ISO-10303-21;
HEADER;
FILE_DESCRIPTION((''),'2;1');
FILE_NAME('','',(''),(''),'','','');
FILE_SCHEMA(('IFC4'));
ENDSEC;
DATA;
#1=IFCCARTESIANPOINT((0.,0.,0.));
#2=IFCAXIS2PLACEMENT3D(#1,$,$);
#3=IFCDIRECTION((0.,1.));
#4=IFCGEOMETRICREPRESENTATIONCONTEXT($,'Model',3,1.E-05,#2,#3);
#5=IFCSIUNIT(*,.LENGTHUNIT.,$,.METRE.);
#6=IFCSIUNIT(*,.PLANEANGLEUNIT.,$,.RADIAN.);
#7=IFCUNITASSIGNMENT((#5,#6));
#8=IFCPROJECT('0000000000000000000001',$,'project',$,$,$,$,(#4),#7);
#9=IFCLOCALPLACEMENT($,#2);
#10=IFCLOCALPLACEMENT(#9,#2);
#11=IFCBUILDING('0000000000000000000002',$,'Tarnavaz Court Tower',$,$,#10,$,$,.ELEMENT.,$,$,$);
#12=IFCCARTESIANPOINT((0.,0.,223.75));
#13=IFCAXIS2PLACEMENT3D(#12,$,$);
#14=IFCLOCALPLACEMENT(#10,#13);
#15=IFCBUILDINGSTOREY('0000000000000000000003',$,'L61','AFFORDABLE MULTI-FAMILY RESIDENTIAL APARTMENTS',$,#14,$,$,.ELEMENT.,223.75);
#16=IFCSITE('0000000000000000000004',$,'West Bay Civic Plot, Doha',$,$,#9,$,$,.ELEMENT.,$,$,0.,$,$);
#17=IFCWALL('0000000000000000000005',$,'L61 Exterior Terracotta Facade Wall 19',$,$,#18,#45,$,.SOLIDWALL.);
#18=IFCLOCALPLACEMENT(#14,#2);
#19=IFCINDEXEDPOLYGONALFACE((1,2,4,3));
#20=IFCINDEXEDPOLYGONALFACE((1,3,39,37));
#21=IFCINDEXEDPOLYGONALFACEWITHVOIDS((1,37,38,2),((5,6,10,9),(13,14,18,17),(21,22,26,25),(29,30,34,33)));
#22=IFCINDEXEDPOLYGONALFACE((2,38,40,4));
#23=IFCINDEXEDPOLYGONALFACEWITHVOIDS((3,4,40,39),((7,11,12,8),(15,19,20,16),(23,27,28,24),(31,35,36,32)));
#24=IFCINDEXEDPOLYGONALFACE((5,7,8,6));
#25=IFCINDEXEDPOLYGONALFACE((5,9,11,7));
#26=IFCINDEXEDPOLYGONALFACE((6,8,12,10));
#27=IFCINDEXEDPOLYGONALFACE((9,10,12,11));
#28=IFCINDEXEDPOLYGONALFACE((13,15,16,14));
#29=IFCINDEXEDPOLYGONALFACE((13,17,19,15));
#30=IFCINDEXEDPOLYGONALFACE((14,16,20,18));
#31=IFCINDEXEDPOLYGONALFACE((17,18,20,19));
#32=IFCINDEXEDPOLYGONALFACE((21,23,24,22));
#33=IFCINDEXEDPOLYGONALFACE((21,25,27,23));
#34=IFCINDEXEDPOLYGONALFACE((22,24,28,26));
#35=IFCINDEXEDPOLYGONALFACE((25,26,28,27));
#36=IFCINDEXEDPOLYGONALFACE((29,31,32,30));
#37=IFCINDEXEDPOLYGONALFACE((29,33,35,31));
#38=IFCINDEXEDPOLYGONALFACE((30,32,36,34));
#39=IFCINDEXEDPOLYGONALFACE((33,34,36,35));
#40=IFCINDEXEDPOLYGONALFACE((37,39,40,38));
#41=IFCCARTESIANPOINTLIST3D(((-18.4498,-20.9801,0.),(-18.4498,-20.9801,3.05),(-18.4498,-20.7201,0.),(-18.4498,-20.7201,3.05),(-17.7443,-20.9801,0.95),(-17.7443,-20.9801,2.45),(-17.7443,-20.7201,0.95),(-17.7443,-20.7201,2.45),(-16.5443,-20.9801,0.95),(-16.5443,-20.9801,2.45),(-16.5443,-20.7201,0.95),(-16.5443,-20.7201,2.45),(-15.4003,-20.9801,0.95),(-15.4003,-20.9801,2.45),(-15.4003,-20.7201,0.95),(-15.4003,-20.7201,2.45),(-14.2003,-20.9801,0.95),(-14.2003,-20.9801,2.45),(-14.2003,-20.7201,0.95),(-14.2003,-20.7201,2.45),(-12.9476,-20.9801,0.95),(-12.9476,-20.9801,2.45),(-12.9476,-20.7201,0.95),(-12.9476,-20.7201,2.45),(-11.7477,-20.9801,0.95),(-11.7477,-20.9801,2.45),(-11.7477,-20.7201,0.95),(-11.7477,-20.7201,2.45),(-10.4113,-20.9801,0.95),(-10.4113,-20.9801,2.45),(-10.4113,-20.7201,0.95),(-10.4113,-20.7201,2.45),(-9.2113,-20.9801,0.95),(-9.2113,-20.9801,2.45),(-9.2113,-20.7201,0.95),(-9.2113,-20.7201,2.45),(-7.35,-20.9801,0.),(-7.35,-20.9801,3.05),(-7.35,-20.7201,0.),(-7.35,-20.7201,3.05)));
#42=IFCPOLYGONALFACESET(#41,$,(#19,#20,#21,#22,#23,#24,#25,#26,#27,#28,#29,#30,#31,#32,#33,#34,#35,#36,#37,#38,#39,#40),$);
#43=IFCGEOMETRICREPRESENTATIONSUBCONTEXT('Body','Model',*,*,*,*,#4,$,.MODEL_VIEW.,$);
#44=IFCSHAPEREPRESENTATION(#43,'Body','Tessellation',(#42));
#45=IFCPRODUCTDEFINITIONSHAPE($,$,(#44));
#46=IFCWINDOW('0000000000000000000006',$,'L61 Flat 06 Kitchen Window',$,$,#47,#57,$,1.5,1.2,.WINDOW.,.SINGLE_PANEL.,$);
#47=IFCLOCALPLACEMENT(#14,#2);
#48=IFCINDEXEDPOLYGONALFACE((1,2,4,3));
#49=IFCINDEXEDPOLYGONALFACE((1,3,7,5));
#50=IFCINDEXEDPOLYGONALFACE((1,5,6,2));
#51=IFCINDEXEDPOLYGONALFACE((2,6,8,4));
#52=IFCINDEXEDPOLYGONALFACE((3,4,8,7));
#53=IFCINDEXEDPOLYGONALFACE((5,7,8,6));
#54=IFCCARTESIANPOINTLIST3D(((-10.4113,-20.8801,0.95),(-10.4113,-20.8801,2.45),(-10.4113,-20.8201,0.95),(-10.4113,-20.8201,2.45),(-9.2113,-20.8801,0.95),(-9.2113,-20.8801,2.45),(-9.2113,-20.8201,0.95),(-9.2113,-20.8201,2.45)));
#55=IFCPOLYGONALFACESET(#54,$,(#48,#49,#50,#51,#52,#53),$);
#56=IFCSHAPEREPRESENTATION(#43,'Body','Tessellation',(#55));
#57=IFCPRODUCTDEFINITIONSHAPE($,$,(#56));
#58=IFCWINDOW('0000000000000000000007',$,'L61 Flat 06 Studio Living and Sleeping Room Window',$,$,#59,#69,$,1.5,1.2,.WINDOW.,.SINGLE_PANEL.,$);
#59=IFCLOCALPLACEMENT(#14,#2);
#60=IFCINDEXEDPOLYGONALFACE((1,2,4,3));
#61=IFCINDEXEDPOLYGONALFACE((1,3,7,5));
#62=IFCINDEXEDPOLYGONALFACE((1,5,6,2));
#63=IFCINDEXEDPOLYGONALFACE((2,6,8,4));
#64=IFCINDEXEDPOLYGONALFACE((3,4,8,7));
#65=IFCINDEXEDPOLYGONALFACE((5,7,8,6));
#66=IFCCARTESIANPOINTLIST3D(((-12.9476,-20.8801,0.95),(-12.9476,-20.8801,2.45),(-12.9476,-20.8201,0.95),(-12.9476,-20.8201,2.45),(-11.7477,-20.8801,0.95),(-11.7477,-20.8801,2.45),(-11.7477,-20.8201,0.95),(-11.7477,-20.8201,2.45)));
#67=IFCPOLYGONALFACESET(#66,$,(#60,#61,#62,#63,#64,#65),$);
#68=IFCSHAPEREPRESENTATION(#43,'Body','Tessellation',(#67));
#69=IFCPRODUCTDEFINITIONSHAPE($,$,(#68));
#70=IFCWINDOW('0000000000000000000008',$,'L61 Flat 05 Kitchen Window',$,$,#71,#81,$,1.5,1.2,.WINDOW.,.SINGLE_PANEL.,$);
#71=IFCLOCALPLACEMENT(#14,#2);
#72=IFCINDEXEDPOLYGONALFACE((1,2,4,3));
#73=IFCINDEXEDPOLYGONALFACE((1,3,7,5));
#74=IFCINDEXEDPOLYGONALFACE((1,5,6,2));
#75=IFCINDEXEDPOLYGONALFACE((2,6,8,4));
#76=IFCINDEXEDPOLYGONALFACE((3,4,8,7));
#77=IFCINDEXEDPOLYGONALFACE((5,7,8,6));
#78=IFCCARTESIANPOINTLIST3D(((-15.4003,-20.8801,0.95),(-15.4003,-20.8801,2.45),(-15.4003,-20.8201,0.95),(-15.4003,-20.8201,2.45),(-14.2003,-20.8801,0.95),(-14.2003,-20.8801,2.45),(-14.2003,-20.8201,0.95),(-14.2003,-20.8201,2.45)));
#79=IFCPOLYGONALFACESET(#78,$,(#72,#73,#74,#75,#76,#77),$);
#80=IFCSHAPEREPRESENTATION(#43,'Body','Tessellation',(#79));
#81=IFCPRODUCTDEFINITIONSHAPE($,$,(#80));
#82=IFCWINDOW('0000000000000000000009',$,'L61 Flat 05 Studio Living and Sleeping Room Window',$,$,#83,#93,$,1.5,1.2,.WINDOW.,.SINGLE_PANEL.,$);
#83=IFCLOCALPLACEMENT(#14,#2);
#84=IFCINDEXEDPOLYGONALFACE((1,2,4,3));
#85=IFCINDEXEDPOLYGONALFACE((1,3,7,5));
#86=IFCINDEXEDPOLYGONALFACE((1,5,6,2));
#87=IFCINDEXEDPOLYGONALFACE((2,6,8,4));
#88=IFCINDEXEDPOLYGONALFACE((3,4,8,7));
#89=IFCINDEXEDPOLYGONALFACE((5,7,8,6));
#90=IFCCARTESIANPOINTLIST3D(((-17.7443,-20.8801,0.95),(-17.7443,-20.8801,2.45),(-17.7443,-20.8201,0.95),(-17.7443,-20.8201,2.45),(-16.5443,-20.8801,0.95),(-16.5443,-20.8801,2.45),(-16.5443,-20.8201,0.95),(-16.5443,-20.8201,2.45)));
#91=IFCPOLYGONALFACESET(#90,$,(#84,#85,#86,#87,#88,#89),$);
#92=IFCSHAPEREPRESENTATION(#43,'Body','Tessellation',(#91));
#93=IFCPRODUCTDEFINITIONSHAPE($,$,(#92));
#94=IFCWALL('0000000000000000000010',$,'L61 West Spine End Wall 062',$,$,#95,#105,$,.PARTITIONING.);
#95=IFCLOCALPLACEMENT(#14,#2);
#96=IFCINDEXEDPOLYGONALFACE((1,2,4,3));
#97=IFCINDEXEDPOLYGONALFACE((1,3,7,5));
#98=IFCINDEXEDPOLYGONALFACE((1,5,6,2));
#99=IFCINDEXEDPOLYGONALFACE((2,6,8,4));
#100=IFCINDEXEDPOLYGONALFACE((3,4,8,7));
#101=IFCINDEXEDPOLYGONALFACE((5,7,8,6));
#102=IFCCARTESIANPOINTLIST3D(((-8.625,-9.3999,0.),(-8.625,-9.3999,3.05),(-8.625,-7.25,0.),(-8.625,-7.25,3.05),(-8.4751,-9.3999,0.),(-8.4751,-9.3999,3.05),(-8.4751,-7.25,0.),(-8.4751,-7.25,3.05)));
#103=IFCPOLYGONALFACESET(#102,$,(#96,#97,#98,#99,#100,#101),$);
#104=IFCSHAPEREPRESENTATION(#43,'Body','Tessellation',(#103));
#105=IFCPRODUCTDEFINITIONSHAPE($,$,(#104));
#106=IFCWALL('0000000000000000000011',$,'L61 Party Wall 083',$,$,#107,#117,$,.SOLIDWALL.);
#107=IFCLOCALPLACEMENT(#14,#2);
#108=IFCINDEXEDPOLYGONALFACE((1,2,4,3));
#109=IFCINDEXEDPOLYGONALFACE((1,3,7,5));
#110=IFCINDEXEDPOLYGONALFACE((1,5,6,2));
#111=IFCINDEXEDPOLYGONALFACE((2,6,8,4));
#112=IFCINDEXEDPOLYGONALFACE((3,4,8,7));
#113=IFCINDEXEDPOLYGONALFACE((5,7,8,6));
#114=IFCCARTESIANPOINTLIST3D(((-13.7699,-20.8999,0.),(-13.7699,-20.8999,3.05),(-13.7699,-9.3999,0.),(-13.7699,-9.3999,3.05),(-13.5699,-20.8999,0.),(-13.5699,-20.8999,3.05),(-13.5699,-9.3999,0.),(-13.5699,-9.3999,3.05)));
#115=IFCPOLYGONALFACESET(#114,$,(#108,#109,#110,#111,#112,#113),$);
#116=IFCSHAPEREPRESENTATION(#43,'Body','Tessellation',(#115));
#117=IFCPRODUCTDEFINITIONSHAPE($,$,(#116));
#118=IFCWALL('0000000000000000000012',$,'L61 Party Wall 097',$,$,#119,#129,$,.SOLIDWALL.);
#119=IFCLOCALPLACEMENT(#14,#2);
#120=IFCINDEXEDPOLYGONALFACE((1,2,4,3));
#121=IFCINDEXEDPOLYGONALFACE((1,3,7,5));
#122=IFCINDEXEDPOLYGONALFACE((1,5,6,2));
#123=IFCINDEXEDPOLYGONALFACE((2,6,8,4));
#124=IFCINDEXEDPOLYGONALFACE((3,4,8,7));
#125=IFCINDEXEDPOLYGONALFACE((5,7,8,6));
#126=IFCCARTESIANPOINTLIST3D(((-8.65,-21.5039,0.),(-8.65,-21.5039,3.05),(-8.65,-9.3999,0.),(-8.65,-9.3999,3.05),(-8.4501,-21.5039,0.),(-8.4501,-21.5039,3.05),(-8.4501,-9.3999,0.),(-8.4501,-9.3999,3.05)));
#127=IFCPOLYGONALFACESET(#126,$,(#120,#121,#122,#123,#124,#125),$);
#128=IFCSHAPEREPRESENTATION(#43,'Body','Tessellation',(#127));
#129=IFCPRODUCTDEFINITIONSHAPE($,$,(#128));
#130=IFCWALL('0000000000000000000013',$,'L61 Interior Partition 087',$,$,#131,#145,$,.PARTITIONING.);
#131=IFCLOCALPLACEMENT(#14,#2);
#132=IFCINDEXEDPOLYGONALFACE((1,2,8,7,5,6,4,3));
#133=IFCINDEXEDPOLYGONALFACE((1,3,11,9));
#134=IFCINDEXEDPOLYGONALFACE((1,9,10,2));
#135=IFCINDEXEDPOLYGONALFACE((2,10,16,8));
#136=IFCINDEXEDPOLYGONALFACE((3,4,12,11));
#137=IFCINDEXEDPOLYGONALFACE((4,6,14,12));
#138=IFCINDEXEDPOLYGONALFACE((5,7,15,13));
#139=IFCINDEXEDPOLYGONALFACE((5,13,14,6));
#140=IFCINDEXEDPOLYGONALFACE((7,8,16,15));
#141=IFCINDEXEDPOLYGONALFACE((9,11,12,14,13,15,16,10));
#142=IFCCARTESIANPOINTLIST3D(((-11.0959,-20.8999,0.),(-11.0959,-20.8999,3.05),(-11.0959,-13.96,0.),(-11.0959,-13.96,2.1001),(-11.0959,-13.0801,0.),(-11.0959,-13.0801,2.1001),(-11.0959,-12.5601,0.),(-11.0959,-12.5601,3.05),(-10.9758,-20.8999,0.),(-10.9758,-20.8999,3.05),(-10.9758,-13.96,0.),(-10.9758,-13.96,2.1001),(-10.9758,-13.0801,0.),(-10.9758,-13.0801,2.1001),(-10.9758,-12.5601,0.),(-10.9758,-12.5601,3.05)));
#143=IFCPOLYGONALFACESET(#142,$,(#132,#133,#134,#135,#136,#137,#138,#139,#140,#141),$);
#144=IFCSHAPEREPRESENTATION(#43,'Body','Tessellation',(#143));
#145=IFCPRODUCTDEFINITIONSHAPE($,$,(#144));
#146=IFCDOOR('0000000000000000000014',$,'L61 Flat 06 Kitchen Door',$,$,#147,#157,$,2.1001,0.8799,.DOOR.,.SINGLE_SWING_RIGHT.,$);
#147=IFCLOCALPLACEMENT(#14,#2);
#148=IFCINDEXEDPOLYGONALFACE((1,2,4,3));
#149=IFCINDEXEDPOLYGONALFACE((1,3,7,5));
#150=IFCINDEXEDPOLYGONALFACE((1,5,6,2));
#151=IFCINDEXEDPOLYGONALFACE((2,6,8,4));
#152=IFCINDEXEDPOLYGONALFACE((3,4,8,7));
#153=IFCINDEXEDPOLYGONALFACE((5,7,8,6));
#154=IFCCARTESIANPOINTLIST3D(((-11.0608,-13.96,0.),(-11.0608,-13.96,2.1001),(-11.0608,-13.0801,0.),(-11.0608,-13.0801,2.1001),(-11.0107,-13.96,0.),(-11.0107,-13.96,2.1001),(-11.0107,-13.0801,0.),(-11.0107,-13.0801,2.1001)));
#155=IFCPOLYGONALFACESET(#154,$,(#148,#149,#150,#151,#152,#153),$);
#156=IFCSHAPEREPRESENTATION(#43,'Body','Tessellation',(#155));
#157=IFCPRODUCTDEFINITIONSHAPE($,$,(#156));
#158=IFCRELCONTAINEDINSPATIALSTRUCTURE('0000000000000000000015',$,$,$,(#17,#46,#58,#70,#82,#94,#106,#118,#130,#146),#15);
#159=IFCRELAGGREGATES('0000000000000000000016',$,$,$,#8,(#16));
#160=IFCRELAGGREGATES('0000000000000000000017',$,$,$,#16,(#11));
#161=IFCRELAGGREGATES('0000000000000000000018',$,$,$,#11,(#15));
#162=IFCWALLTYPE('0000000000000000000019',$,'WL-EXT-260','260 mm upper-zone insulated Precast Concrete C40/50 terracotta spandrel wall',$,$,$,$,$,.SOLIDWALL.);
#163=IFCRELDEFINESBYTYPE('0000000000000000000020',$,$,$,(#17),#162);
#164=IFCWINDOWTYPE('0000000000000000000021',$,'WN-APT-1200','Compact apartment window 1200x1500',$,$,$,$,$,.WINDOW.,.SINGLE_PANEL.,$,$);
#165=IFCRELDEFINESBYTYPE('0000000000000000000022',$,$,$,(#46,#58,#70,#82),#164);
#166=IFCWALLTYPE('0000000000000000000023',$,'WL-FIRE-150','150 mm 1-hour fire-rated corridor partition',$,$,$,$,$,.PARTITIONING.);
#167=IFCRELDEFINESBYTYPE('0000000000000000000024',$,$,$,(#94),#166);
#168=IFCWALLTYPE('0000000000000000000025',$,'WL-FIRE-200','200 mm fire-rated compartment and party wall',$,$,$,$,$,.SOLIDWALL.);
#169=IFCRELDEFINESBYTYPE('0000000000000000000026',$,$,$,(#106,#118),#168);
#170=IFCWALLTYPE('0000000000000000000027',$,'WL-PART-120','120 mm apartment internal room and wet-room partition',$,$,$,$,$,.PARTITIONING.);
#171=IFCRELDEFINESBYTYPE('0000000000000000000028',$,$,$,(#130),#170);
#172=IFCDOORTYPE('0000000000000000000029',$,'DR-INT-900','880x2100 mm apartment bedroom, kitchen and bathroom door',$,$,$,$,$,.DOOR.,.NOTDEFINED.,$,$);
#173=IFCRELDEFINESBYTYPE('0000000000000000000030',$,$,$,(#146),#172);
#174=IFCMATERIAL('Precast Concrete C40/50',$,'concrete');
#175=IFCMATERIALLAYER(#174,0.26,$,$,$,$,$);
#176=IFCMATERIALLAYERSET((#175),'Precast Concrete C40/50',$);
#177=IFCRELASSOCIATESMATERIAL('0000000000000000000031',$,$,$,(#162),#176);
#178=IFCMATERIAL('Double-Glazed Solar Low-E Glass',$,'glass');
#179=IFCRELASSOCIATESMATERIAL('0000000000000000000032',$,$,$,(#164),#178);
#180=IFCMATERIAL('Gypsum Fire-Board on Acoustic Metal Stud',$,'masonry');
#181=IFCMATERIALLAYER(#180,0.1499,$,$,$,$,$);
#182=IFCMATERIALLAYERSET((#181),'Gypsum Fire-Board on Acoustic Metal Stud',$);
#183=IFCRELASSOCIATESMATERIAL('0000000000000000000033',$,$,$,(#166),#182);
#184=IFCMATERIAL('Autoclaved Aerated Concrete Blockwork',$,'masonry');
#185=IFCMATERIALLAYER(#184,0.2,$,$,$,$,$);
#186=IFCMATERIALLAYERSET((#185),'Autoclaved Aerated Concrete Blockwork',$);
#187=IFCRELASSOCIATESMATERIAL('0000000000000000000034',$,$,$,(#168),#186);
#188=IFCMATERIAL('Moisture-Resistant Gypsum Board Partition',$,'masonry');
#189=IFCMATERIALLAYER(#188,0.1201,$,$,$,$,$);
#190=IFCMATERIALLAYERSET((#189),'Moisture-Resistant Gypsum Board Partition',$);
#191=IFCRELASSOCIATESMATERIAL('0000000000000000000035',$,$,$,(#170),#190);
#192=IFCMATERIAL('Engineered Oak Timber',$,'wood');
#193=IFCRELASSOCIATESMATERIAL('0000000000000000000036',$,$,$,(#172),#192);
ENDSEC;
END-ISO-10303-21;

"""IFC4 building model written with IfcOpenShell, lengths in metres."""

from ifc_helpers import new_model, si_unit, direction, frame, frame_2d, origin, place, context, subcontext, project, spatial, rectangle, extrude, material, layer, layer_set, type_object, element, fill, save


model = new_model("IFC4")

# Units and contexts
model_context = context("Model", 3, precision=1e-05, world=origin(), true_north=direction((0.0, 1.0)))
body_context = subcontext(model_context, "Body", "Model", "MODEL_VIEW")
ifc_project = project(units=[si_unit("LENGTHUNIT", "METRE"), si_unit("PLANEANGLEUNIT", "RADIAN")], contexts=[model_context])

# Site, building, storey
site_placement = place(None, origin())
site = spatial("IfcSite", under=ifc_project, at=site_placement, Name="West Bay Civic Plot, Doha", CompositionType="ELEMENT", RefElevation=0.0)
building_placement = place(site_placement, origin())
building = spatial("IfcBuilding", under=site, at=building_placement, Name="Tarnavaz Court Tower", CompositionType="ELEMENT")
storey_placement = place(building_placement, frame((0.0, 0.0, 223.75)))
storey = spatial("IfcBuildingStorey", under=building, at=storey_placement, Name="L61", Description="AFFORDABLE MULTI-FAMILY RESIDENTIAL APARTMENTS", CompositionType="ELEMENT", Elevation=223.75)

# Shared definitions
ifc_material_1 = material(Name="Precast Concrete C40/50", Category="concrete")
ifc_layer_1 = layer(ifc_material_1, 0.26)
ifc_layer_set_1 = layer_set([ifc_layer_1], Name="Precast Concrete C40/50")
wall_type_1 = type_object("IfcWallType", Name="WL-EXT-260", Description="260 mm upper-zone insulated Precast Concrete C40/50 terracotta spandrel wall", PredefinedType="SOLIDWALL", material=ifc_layer_set_1)

# Wall, openings, windows
wall_1_placement = place(storey_placement, frame((-7.3501, -20.8501, 0.0), z_axis=(0.0, 0.0, 1.0), x_axis=(-1.0, 0.0, 0.0)))
wall_1 = element("IfcWall", 1, at=wall_1_placement, inside=storey, type_object=wall_type_1, Name="L61 Exterior Terracotta Facade Wall 19", PredefinedType="SOLIDWALL", context=body_context, shape_type="SweptSolid", body=[
    extrude(rectangle(XDim=11.0999, YDim=0.26, at=frame_2d((5.5498, 0.0))), origin(), (0.0, 0.0, 1.0), 3.05),
])
opening_1_placement = place(wall_1_placement, frame((1.8611, 0.0, 0.95)))
opening_1 = element("IfcOpeningElement", 2, at=opening_1_placement, cuts=wall_1, PredefinedType="OPENING", context=body_context, shape_type="SweptSolid", body=[
    extrude(rectangle(XDim=1.2, YDim=1.5, at=frame_2d((0.6001, 0.75))), frame((0.0, 0.1399, 0.0), z_axis=(0.0, -1.0, 0.0), x_axis=(1.0, 0.0, 0.0)), (0.0, 0.0, 1.0), 0.28),
])
opening_2_placement = place(wall_1_placement, frame((4.3975, 0.0, 0.95)))
opening_2 = element("IfcOpeningElement", 3, at=opening_2_placement, cuts=wall_1, PredefinedType="OPENING", context=body_context, shape_type="SweptSolid", body=[
    extrude(rectangle(XDim=1.2, YDim=1.5, at=frame_2d((0.6001, 0.75))), frame((0.0, 0.1399, 0.0), z_axis=(0.0, -1.0, 0.0), x_axis=(1.0, 0.0, 0.0)), (0.0, 0.0, 1.0), 0.28),
])
opening_3_placement = place(wall_1_placement, frame((6.8501, 0.0, 0.95)))
opening_3 = element("IfcOpeningElement", 4, at=opening_3_placement, cuts=wall_1, PredefinedType="OPENING", context=body_context, shape_type="SweptSolid", body=[
    extrude(rectangle(XDim=1.2, YDim=1.5, at=frame_2d((0.6001, 0.75))), frame((0.0, 0.1399, 0.0), z_axis=(0.0, -1.0, 0.0), x_axis=(1.0, 0.0, 0.0)), (0.0, 0.0, 1.0), 0.28),
])
opening_4_placement = place(wall_1_placement, frame((9.1941, 0.0, 0.95)))
opening_4 = element("IfcOpeningElement", 5, at=opening_4_placement, cuts=wall_1, PredefinedType="OPENING", context=body_context, shape_type="SweptSolid", body=[
    extrude(rectangle(XDim=1.2, YDim=1.5, at=frame_2d((0.6001, 0.75))), frame((0.0, 0.1399, 0.0), z_axis=(0.0, -1.0, 0.0), x_axis=(1.0, 0.0, 0.0)), (0.0, 0.0, 1.0), 0.28),
])
ifc_material_2 = material(Name="Double-Glazed Solar Low-E Glass", Category="glass")
window_type = type_object("IfcWindowType", Name="WN-APT-1200", Description="Compact apartment window 1200x1500", PartitioningType="SINGLE_PANEL", PredefinedType="WINDOW", material=ifc_material_2)
window_1_placement = place(opening_1_placement, origin())
window_1 = element("IfcWindow", 6, at=window_1_placement, inside=storey, type_object=window_type, Name="L61 Flat 06 Kitchen Window", OverallHeight=1.5, OverallWidth=1.2, PartitioningType="SINGLE_PANEL", PredefinedType="WINDOW", context=body_context, shape_type="SweptSolid", body=[
    extrude(rectangle(XDim=1.2, YDim=1.5, at=frame_2d((0.6001, 0.75))), frame((0.0, 0.03, 0.0), z_axis=(0.0, -1.0, 0.0), x_axis=(1.0, 0.0, 0.0)), (0.0, 0.0, 1.0), 0.0601),
])
fill(opening_1, window_1)
window_2_placement = place(opening_2_placement, origin())
window_2 = element("IfcWindow", 7, at=window_2_placement, inside=storey, type_object=window_type, Name="L61 Flat 06 Studio Living and Sleeping Room Window", OverallHeight=1.5, OverallWidth=1.2, PartitioningType="SINGLE_PANEL", PredefinedType="WINDOW", context=body_context, shape_type="SweptSolid", body=[
    extrude(rectangle(XDim=1.2, YDim=1.5, at=frame_2d((0.6001, 0.75))), frame((0.0, 0.03, 0.0), z_axis=(0.0, -1.0, 0.0), x_axis=(1.0, 0.0, 0.0)), (0.0, 0.0, 1.0), 0.0601),
])
fill(opening_2, window_2)
window_3_placement = place(opening_3_placement, origin())
window_3 = element("IfcWindow", 8, at=window_3_placement, inside=storey, type_object=window_type, Name="L61 Flat 05 Kitchen Window", OverallHeight=1.5, OverallWidth=1.2, PartitioningType="SINGLE_PANEL", PredefinedType="WINDOW", context=body_context, shape_type="SweptSolid", body=[
    extrude(rectangle(XDim=1.2, YDim=1.5, at=frame_2d((0.6001, 0.75))), frame((0.0, 0.03, 0.0), z_axis=(0.0, -1.0, 0.0), x_axis=(1.0, 0.0, 0.0)), (0.0, 0.0, 1.0), 0.0601),
])
fill(opening_3, window_3)
window_4_placement = place(opening_4_placement, origin())
window_4 = element("IfcWindow", 9, at=window_4_placement, inside=storey, type_object=window_type, Name="L61 Flat 05 Studio Living and Sleeping Room Window", OverallHeight=1.5, OverallWidth=1.2, PartitioningType="SINGLE_PANEL", PredefinedType="WINDOW", context=body_context, shape_type="SweptSolid", body=[
    extrude(rectangle(XDim=1.2, YDim=1.5, at=frame_2d((0.6001, 0.75))), frame((0.0, 0.03, 0.0), z_axis=(0.0, -1.0, 0.0), x_axis=(1.0, 0.0, 0.0)), (0.0, 0.0, 1.0), 0.0601),
])
fill(opening_4, window_4)

# Walls
ifc_material_3 = material(Name="Gypsum Fire-Board on Acoustic Metal Stud", Category="masonry")
ifc_layer_2 = layer(ifc_material_3, 0.1499)
ifc_layer_set_2 = layer_set([ifc_layer_2], Name="Gypsum Fire-Board on Acoustic Metal Stud")
wall_type_2 = type_object("IfcWallType", Name="WL-FIRE-150", Description="150 mm 1-hour fire-rated corridor partition", PredefinedType="PARTITIONING", material=ifc_layer_set_2)
wall_2_placement = place(storey_placement, frame((-8.55, -9.3999, 0.0), z_axis=(0.0, 0.0, 1.0), x_axis=(0.0, 1.0, 0.0)))
element("IfcWall", 10, at=wall_2_placement, inside=storey, type_object=wall_type_2, Name="L61 West Spine End Wall 062", PredefinedType="PARTITIONING", context=body_context, shape_type="SweptSolid", body=[
    extrude(rectangle(XDim=2.1499, YDim=0.1499, at=frame_2d((1.075, 0.0))), origin(), (0.0, 0.0, 1.0), 3.05),
])
ifc_material_4 = material(Name="Autoclaved Aerated Concrete Blockwork", Category="masonry")
ifc_layer_3 = layer(ifc_material_4, 0.2)
ifc_layer_set_3 = layer_set([ifc_layer_3], Name="Autoclaved Aerated Concrete Blockwork")
wall_type_3 = type_object("IfcWallType", Name="WL-FIRE-200", Description="200 mm fire-rated compartment and party wall", PredefinedType="SOLIDWALL", material=ifc_layer_set_3)
wall_3_placement = place(storey_placement, frame((-13.6699, -20.8999, 0.0), z_axis=(0.0, 0.0, 1.0), x_axis=(0.0, 1.0, 0.0)))
element("IfcWall", 11, at=wall_3_placement, inside=storey, type_object=wall_type_3, Name="L61 Party Wall 083", PredefinedType="SOLIDWALL", context=body_context, shape_type="SweptSolid", body=[
    extrude(rectangle(XDim=11.5, YDim=0.2, at=frame_2d((5.75, 0.0))), origin(), (0.0, 0.0, 1.0), 3.05),
])
wall_4_placement = place(storey_placement, frame((-8.55, -21.5039, 0.0), z_axis=(0.0, 0.0, 1.0), x_axis=(0.0, 1.0, 0.0)))
element("IfcWall", 12, at=wall_4_placement, inside=storey, type_object=wall_type_3, Name="L61 Party Wall 097", PredefinedType="SOLIDWALL", context=body_context, shape_type="SweptSolid", body=[
    extrude(rectangle(XDim=12.104, YDim=0.2, at=frame_2d((6.052, 0.0))), origin(), (0.0, 0.0, 1.0), 3.05),
])

# Wall, opening, door
ifc_material_5 = material(Name="Moisture-Resistant Gypsum Board Partition", Category="masonry")
ifc_layer_4 = layer(ifc_material_5, 0.1201)
ifc_layer_set_4 = layer_set([ifc_layer_4], Name="Moisture-Resistant Gypsum Board Partition")
wall_type_4 = type_object("IfcWallType", Name="WL-PART-120", Description="120 mm apartment internal room and wet-room partition", PredefinedType="PARTITIONING", material=ifc_layer_set_4)
wall_5_placement = place(storey_placement, frame((-11.0359, -20.8999, 0.0), z_axis=(0.0, 0.0, 1.0), x_axis=(0.0, 1.0, 0.0)))
wall_5 = element("IfcWall", 13, at=wall_5_placement, inside=storey, type_object=wall_type_4, Name="L61 Interior Partition 087", PredefinedType="PARTITIONING", context=body_context, shape_type="SweptSolid", body=[
    extrude(rectangle(XDim=8.3398, YDim=0.1201, at=frame_2d((4.1699, 0.0))), origin(), (0.0, 0.0, 1.0), 3.05),
])
opening_5_placement = place(wall_5_placement, frame((6.9399, 0.0, 0.0)))
opening_5 = element("IfcOpeningElement", 14, at=opening_5_placement, cuts=wall_5, PredefinedType="OPENING", context=body_context, shape_type="SweptSolid", body=[
    extrude(rectangle(XDim=0.8799, YDim=2.1001, at=frame_2d((0.4399, 1.05))), frame((0.0, 0.0701, 0.0), z_axis=(0.0, -1.0, 0.0), x_axis=(1.0, 0.0, 0.0)), (0.0, 0.0, 1.0), 0.1401),
])
ifc_material_6 = material(Name="Engineered Oak Timber", Category="wood")
door_type = type_object("IfcDoorType", Name="DR-INT-900", Description="880x2100 mm apartment bedroom, kitchen and bathroom door", OperationType="NOTDEFINED", PredefinedType="DOOR", material=ifc_material_6)
door_1_placement = place(opening_5_placement, origin())
door_1 = element("IfcDoor", 15, at=door_1_placement, inside=storey, type_object=door_type, Name="L61 Flat 06 Kitchen Door", OperationType="SINGLE_SWING_RIGHT", OverallHeight=2.1001, OverallWidth=0.8799, PredefinedType="DOOR", context=body_context, shape_type="SweptSolid", body=[
    extrude(rectangle(XDim=0.8799, YDim=2.1001, at=frame_2d((0.4399, 1.05))), frame((0.0, 0.0249, 0.0), z_axis=(0.0, -1.0, 0.0), x_axis=(1.0, 0.0, 0.0)), (0.0, 0.0, 1.0), 0.05),
])
fill(opening_5, door_1)

save(model, "model.ifc")
